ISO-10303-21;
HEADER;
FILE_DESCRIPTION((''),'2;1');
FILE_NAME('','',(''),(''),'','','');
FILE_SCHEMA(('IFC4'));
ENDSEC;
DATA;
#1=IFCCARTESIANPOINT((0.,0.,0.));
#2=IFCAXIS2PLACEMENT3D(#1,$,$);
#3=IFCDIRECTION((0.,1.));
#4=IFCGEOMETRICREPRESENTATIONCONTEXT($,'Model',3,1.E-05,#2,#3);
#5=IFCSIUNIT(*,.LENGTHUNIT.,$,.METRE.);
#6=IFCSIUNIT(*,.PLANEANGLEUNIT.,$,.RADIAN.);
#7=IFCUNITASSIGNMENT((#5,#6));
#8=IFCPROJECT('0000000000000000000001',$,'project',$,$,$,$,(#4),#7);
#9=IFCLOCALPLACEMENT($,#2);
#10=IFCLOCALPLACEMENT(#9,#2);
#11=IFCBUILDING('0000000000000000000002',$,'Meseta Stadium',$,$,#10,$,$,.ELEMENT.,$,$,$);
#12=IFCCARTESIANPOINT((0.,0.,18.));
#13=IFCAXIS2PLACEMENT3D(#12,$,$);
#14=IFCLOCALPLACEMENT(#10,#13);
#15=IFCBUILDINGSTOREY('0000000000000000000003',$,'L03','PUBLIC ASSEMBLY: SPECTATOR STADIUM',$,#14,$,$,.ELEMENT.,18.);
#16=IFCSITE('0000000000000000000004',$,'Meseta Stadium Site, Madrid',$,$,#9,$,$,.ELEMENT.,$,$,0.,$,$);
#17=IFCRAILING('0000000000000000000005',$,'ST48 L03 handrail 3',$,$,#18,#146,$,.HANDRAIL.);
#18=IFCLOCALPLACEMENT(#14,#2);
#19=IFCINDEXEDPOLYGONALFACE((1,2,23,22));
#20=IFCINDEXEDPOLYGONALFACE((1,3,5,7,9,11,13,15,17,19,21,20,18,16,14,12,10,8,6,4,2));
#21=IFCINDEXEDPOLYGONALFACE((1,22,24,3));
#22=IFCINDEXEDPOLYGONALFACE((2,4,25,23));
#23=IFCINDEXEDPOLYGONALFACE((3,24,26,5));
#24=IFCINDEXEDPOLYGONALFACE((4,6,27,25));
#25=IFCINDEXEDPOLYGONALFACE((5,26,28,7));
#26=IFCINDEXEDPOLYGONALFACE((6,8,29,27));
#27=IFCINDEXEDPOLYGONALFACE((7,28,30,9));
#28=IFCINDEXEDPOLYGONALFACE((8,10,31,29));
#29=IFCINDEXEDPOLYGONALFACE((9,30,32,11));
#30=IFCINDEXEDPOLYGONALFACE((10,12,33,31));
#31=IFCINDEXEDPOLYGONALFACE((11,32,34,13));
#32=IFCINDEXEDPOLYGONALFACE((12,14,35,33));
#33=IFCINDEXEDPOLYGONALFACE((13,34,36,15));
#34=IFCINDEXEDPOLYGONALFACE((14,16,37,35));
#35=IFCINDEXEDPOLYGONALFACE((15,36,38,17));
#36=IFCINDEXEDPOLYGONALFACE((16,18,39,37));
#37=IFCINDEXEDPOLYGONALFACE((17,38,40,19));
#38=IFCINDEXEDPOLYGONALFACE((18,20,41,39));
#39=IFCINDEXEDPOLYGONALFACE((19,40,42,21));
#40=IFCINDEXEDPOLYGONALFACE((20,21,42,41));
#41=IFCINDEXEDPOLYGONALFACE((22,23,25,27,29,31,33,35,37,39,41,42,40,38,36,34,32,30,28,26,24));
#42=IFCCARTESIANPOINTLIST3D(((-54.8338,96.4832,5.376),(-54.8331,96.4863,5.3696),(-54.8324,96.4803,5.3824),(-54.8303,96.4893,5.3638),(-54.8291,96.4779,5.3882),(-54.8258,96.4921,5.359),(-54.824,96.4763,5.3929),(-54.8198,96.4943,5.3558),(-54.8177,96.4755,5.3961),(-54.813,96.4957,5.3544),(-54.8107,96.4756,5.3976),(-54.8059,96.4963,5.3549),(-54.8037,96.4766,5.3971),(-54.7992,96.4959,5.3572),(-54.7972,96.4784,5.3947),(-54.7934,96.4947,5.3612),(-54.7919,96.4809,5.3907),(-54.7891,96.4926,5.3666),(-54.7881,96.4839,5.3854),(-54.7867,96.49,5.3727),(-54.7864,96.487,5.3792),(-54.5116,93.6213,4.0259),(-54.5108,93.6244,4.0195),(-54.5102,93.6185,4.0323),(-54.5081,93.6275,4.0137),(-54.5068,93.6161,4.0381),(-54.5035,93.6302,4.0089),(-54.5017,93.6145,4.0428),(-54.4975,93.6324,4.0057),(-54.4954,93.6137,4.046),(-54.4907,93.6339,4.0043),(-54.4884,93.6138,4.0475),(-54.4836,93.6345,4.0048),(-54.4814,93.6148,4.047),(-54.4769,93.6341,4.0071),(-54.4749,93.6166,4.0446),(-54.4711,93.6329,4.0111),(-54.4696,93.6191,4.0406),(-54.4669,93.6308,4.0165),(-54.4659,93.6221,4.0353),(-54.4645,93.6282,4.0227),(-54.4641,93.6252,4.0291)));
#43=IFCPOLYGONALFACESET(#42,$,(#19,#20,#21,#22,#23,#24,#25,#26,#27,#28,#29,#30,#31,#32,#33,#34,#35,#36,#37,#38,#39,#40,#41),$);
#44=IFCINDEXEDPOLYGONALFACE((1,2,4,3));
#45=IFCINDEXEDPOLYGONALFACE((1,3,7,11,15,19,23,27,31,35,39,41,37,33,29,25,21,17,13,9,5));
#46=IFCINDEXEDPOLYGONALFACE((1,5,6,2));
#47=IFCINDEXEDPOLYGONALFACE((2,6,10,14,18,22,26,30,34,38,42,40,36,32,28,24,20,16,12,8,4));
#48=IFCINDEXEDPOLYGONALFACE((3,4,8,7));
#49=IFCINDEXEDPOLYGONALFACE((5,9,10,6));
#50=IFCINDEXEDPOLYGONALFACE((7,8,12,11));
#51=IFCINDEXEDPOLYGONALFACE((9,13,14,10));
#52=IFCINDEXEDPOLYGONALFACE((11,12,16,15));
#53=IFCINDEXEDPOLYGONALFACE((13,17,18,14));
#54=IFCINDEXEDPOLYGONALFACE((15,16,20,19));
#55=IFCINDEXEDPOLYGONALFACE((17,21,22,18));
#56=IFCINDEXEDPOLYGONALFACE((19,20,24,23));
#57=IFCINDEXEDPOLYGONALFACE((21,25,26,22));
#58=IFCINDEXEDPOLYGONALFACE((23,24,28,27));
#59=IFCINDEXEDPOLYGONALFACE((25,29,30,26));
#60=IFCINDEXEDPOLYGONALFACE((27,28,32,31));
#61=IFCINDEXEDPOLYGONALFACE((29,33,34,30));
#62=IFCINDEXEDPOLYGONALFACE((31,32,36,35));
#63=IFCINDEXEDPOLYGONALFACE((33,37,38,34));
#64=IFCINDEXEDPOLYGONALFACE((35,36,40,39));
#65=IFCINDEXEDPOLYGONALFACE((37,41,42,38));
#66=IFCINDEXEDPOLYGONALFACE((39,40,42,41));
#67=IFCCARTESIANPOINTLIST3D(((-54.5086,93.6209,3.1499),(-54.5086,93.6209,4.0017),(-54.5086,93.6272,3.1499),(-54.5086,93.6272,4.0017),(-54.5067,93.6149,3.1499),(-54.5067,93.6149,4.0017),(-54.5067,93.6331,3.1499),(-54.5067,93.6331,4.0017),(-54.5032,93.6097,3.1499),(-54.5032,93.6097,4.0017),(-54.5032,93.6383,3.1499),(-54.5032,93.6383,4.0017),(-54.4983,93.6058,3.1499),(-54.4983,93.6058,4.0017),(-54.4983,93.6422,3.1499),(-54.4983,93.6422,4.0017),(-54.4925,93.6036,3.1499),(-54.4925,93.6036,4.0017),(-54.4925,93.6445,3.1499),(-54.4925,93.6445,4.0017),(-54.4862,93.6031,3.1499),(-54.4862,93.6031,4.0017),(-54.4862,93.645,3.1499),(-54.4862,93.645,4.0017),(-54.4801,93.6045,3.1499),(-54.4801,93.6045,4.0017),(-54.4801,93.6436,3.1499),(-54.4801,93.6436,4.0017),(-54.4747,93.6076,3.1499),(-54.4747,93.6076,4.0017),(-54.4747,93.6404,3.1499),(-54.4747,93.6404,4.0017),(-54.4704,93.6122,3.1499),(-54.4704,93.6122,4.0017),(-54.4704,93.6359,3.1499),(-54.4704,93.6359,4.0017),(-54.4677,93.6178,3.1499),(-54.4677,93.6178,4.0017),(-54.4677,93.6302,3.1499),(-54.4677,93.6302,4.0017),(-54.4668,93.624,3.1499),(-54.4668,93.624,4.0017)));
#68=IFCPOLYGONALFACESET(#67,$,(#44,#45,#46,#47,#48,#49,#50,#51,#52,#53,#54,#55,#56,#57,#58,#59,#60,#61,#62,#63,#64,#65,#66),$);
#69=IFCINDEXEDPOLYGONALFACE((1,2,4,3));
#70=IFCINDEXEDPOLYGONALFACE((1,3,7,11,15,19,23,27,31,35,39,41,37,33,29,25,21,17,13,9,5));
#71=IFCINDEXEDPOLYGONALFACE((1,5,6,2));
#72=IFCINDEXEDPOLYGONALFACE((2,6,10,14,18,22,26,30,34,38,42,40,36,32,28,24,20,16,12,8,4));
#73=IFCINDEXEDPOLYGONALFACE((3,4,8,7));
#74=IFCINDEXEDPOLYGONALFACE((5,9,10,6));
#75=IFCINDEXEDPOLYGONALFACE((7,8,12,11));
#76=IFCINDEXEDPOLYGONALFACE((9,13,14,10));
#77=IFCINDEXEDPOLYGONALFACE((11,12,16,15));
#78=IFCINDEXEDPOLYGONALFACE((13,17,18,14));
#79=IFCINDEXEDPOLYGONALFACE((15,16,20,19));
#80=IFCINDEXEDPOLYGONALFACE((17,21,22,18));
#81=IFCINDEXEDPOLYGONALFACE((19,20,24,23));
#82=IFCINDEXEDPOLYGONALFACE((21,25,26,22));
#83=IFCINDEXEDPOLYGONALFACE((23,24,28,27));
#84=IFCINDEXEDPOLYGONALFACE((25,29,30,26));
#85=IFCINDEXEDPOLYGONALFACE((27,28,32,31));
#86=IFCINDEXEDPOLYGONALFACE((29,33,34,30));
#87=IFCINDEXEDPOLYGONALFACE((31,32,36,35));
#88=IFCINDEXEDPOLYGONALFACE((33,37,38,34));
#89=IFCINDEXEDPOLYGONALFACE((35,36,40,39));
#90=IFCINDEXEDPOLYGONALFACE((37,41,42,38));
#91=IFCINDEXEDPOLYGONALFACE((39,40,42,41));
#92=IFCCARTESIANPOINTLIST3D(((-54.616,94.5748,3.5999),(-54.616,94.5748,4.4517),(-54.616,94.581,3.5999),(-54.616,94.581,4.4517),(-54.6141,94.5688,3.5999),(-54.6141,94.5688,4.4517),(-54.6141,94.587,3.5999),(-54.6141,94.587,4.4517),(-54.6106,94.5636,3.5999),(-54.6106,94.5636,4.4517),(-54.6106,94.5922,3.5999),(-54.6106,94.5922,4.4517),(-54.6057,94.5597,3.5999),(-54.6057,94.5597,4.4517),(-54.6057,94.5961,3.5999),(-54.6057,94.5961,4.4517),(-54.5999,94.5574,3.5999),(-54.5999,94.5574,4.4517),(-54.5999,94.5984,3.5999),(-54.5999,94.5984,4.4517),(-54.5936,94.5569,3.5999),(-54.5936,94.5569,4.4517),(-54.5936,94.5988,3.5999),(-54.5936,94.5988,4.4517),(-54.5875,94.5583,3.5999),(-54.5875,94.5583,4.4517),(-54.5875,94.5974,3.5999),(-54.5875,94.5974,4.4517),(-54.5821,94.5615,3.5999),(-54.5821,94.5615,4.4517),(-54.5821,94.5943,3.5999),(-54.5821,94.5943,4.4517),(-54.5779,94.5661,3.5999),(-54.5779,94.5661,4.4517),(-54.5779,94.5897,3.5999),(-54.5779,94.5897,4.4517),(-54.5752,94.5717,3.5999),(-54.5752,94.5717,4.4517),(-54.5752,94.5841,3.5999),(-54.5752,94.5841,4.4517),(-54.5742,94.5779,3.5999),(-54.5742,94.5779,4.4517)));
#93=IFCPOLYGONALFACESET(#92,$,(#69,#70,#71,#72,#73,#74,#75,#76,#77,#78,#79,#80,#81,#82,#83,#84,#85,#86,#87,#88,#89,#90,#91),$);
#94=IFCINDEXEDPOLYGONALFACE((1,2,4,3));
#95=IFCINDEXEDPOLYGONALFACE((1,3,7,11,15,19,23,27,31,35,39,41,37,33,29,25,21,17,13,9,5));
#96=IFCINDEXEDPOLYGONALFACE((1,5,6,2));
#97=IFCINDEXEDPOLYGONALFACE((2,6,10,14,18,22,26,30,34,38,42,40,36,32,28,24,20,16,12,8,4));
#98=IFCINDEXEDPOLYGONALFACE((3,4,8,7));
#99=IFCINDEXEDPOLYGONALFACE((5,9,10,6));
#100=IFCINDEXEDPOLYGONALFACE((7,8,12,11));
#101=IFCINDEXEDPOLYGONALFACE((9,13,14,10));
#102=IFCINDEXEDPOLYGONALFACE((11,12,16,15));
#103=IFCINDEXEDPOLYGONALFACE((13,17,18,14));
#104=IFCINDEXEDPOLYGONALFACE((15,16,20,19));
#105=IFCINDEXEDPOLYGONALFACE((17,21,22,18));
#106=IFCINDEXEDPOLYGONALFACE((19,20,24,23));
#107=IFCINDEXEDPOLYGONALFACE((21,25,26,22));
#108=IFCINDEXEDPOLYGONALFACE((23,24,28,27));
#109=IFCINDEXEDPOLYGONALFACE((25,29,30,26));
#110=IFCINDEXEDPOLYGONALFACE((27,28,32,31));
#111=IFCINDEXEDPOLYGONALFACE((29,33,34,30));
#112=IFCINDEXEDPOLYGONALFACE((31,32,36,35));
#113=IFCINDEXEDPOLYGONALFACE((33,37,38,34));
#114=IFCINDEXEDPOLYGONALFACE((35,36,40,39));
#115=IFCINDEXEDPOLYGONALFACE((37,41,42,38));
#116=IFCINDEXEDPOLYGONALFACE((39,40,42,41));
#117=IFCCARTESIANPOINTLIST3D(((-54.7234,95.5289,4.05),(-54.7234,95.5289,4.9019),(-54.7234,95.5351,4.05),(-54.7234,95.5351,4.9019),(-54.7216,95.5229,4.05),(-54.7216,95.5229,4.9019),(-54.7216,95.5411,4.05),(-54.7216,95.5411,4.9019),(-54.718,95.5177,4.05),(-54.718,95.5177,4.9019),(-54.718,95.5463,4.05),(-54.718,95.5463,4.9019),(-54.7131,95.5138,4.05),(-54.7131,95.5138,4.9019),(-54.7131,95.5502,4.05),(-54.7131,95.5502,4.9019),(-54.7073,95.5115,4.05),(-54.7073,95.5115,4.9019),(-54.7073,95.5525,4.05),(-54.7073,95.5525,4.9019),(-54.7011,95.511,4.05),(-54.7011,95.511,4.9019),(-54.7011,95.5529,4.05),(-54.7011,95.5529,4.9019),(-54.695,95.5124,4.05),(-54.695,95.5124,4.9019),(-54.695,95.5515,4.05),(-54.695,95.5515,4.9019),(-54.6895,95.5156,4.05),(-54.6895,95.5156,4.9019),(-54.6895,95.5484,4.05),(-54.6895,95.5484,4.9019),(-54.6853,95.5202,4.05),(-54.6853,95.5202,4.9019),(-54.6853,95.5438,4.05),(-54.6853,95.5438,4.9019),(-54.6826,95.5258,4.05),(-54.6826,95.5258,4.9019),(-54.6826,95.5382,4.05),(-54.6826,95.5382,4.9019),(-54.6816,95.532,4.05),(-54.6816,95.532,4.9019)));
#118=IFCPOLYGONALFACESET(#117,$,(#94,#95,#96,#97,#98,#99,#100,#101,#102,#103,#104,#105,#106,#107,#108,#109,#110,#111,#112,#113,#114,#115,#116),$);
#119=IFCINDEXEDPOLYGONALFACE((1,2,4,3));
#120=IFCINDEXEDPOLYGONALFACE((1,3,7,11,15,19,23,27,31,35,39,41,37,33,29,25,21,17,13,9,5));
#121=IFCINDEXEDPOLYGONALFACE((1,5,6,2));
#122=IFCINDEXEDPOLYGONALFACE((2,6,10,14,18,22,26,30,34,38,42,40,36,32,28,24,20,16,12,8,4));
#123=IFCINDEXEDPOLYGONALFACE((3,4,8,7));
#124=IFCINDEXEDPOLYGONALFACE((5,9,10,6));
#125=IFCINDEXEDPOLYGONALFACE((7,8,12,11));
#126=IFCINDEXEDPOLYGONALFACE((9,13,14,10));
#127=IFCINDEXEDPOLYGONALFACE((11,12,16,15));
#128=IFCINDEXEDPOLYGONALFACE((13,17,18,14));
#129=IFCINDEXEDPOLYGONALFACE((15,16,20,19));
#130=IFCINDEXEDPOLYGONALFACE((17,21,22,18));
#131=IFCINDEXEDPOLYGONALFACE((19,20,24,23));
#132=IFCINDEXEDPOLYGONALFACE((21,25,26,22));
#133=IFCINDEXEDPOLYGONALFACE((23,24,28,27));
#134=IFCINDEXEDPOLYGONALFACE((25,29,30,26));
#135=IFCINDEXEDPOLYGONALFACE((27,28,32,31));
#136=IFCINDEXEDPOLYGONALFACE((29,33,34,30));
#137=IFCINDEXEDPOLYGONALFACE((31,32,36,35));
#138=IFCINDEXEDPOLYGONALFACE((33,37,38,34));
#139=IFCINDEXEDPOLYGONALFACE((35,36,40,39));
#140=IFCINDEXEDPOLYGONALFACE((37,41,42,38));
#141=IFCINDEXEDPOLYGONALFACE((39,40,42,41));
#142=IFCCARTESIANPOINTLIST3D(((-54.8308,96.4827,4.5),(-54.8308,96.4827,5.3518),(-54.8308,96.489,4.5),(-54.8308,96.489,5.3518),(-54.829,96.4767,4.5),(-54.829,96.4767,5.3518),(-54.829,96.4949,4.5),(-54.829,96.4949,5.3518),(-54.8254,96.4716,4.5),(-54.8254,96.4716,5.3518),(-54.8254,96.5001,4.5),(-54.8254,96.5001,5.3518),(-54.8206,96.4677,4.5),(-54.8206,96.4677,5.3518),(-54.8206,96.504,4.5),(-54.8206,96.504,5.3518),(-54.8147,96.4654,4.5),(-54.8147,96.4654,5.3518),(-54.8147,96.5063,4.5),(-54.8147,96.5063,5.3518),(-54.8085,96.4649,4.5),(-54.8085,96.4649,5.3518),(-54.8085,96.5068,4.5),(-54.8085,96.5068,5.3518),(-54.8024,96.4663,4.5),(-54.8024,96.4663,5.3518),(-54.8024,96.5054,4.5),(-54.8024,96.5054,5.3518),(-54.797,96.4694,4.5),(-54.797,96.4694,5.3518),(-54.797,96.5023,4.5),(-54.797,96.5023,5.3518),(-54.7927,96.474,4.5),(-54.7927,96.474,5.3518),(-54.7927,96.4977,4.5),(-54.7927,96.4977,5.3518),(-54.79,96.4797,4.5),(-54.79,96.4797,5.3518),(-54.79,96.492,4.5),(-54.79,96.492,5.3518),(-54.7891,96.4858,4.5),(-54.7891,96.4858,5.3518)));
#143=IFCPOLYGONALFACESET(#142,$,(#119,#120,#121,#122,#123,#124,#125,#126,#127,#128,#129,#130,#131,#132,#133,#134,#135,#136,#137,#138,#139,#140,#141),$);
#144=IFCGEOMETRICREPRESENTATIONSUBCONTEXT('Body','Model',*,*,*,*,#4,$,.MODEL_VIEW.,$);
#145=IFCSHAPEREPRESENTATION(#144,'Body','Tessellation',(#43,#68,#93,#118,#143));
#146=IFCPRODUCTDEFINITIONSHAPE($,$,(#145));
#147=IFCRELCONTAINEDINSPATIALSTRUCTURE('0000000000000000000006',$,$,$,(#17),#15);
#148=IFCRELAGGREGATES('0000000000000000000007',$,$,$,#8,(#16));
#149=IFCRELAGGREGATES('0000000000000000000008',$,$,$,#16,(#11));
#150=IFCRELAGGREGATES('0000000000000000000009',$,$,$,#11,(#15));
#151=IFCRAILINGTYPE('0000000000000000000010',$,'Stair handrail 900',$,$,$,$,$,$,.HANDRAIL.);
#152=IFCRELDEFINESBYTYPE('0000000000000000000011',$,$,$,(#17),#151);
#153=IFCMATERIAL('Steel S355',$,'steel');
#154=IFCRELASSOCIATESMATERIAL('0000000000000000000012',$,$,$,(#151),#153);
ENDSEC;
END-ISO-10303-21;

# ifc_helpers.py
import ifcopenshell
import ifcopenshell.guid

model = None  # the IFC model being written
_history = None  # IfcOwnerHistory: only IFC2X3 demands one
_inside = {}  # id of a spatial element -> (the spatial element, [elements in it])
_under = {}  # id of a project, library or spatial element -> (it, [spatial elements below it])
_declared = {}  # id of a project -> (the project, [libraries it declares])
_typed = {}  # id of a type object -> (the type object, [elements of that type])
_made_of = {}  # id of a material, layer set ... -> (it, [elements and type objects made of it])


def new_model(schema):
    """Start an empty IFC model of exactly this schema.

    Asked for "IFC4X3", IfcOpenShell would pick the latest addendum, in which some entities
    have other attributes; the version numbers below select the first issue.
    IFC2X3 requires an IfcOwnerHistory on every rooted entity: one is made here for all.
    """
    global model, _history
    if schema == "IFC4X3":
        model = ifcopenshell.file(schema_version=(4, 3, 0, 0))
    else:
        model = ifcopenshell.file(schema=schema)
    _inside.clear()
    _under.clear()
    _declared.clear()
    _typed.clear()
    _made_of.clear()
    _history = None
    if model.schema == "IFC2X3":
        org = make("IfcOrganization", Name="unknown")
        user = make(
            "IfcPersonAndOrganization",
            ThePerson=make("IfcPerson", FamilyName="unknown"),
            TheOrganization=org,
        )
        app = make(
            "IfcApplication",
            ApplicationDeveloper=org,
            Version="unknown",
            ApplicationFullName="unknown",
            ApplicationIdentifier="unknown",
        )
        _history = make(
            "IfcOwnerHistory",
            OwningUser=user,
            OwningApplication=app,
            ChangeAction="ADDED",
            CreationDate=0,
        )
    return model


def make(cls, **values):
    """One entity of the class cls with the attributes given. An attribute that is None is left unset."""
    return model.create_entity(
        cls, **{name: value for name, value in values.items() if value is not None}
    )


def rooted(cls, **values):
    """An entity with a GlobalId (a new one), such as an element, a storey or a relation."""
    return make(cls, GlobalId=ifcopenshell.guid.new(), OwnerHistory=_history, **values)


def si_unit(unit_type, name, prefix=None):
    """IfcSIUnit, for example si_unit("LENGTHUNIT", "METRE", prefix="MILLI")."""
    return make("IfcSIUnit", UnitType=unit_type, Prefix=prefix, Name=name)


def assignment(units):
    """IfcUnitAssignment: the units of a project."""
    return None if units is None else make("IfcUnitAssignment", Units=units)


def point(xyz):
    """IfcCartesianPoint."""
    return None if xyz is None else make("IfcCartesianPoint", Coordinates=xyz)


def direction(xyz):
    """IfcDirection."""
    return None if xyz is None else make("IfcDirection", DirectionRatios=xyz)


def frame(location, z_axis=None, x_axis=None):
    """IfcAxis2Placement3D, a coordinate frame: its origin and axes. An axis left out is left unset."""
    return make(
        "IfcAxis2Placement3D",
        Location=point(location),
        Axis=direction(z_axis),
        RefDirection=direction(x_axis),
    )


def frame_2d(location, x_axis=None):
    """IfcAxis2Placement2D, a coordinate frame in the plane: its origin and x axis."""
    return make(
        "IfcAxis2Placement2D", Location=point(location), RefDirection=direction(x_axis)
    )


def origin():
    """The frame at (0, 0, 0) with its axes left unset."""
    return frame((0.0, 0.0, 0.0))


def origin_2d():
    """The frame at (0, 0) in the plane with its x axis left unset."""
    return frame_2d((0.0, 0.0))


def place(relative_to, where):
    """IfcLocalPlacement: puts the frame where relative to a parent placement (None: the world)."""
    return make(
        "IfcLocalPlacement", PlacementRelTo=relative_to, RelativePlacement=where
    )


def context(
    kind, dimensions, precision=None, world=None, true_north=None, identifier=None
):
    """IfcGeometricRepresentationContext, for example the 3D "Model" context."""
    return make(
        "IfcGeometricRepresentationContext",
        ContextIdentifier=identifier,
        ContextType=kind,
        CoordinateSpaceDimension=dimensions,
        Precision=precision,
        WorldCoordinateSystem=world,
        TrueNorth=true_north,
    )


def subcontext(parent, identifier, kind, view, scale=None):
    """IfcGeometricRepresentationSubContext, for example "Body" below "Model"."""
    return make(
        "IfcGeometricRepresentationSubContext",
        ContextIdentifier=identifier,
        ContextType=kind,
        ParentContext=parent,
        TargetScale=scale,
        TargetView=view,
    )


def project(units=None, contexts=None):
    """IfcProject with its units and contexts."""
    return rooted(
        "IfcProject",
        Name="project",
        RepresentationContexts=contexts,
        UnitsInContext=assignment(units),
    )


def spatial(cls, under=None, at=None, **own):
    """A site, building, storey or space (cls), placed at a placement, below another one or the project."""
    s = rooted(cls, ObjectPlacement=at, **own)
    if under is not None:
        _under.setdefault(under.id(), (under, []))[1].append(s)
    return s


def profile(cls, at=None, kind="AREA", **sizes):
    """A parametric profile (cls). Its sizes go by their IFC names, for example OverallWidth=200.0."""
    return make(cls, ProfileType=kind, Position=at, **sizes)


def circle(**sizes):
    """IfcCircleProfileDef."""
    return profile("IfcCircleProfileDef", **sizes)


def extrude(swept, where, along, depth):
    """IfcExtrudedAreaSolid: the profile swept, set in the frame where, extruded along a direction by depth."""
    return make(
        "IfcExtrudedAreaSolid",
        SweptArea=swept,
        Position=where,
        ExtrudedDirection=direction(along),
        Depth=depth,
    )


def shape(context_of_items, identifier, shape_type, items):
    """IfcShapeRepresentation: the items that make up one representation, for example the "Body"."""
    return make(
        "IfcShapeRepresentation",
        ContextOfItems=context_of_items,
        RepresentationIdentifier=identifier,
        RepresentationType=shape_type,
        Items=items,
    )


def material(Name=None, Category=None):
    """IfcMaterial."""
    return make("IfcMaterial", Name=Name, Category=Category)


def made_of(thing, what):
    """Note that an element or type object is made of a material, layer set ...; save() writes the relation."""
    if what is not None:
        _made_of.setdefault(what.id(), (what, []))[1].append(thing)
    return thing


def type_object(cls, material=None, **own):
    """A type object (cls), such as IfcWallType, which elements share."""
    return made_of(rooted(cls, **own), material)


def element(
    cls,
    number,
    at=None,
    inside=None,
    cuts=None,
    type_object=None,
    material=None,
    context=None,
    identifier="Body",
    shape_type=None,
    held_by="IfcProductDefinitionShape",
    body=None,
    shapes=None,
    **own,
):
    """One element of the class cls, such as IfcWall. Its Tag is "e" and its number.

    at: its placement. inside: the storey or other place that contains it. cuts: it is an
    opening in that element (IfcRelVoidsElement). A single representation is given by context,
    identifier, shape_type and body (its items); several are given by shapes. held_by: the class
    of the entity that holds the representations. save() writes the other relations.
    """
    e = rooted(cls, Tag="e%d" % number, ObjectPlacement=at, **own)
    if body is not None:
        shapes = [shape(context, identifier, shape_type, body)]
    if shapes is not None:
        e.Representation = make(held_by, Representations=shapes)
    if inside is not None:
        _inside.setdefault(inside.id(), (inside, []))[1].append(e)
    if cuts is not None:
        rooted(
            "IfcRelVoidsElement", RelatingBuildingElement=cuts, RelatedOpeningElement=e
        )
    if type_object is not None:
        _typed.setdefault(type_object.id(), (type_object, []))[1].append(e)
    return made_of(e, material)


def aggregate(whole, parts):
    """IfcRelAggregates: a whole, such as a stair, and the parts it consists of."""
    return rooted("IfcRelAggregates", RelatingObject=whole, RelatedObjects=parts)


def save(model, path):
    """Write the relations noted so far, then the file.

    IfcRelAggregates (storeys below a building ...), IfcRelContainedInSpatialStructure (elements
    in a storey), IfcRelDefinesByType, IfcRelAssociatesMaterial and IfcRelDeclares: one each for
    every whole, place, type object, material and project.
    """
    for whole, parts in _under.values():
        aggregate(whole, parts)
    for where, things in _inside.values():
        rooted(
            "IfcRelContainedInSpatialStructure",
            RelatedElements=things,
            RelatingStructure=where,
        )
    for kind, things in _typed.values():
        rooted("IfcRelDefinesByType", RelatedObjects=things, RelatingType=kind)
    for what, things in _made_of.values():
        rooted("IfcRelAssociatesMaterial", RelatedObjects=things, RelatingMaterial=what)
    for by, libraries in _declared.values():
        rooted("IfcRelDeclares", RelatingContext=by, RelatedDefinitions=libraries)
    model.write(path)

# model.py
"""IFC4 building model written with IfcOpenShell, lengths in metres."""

from ifc_helpers import new_model, si_unit, direction, frame, origin, origin_2d, place, context, subcontext, project, spatial, circle, extrude, material, type_object, element, save


model = new_model("IFC4")

# Units and contexts
model_context = context("Model", 3, precision=1e-05, world=origin(), true_north=direction((0.0, 1.0)))
body_context = subcontext(model_context, "Body", "Model", "MODEL_VIEW")
ifc_project = project(units=[si_unit("LENGTHUNIT", "METRE"), si_unit("PLANEANGLEUNIT", "RADIAN")], contexts=[model_context])

# Site, building, storey
site_placement = place(None, origin())
site = spatial("IfcSite", under=ifc_project, at=site_placement, Name="Meseta Stadium Site, Madrid", CompositionType="ELEMENT", RefElevation=0.0)
building_placement = place(site_placement, origin())
building = spatial("IfcBuilding", under=site, at=building_placement, Name="Meseta Stadium", CompositionType="ELEMENT")
storey_placement = place(building_placement, frame((0.0, 0.0, 18.0)))
storey = spatial("IfcBuildingStorey", under=building, at=storey_placement, Name="L03", Description="PUBLIC ASSEMBLY: SPECTATOR STADIUM", CompositionType="ELEMENT", Elevation=18.0)

# Railing
ifc_material_1 = material(Name="Steel S355", Category="steel")
railing_type_1 = type_object("IfcRailingType", Name="Stair handrail 900", PredefinedType="HANDRAIL", material=ifc_material_1)
for number, where, name in (
    (1, (-54.4878, 93.624, 3.1499), "ST48 L03 handrail 3"),
):
    element("IfcRailing", number, at=place(storey_placement, frame(where)), inside=storey, type_object=railing_type_1, Name=name, PredefinedType="HANDRAIL", context=body_context, shape_type="SweptSolid", body=[
        extrude(circle(Radius=0.0239, at=origin_2d()), frame((0.0, 0.0, 0.876), z_axis=(-0.10132, 0.899755, 0.424471), x_axis=(-0.993719, -0.111902, 0.0)), (0.0, 0.0, 1.0), 3.1807),
        extrude(circle(Radius=0.021, at=origin_2d()), origin(), (0.0, 0.0, 1.0), 0.8518),
        extrude(circle(Radius=0.021, at=origin_2d()), frame((-0.1074, 0.9539, 0.45)), (0.0, 0.0, 1.0), 0.8518),
        extrude(circle(Radius=0.021, at=origin_2d()), frame((-0.2148, 1.908, 0.9001)), (0.0, 0.0, 1.0), 0.8518),
        extrude(circle(Radius=0.021, at=origin_2d()), frame((-0.3223, 2.8618, 1.3501)), (0.0, 0.0, 1.0), 0.8518),
    ])

save(model, "model.ifc")
